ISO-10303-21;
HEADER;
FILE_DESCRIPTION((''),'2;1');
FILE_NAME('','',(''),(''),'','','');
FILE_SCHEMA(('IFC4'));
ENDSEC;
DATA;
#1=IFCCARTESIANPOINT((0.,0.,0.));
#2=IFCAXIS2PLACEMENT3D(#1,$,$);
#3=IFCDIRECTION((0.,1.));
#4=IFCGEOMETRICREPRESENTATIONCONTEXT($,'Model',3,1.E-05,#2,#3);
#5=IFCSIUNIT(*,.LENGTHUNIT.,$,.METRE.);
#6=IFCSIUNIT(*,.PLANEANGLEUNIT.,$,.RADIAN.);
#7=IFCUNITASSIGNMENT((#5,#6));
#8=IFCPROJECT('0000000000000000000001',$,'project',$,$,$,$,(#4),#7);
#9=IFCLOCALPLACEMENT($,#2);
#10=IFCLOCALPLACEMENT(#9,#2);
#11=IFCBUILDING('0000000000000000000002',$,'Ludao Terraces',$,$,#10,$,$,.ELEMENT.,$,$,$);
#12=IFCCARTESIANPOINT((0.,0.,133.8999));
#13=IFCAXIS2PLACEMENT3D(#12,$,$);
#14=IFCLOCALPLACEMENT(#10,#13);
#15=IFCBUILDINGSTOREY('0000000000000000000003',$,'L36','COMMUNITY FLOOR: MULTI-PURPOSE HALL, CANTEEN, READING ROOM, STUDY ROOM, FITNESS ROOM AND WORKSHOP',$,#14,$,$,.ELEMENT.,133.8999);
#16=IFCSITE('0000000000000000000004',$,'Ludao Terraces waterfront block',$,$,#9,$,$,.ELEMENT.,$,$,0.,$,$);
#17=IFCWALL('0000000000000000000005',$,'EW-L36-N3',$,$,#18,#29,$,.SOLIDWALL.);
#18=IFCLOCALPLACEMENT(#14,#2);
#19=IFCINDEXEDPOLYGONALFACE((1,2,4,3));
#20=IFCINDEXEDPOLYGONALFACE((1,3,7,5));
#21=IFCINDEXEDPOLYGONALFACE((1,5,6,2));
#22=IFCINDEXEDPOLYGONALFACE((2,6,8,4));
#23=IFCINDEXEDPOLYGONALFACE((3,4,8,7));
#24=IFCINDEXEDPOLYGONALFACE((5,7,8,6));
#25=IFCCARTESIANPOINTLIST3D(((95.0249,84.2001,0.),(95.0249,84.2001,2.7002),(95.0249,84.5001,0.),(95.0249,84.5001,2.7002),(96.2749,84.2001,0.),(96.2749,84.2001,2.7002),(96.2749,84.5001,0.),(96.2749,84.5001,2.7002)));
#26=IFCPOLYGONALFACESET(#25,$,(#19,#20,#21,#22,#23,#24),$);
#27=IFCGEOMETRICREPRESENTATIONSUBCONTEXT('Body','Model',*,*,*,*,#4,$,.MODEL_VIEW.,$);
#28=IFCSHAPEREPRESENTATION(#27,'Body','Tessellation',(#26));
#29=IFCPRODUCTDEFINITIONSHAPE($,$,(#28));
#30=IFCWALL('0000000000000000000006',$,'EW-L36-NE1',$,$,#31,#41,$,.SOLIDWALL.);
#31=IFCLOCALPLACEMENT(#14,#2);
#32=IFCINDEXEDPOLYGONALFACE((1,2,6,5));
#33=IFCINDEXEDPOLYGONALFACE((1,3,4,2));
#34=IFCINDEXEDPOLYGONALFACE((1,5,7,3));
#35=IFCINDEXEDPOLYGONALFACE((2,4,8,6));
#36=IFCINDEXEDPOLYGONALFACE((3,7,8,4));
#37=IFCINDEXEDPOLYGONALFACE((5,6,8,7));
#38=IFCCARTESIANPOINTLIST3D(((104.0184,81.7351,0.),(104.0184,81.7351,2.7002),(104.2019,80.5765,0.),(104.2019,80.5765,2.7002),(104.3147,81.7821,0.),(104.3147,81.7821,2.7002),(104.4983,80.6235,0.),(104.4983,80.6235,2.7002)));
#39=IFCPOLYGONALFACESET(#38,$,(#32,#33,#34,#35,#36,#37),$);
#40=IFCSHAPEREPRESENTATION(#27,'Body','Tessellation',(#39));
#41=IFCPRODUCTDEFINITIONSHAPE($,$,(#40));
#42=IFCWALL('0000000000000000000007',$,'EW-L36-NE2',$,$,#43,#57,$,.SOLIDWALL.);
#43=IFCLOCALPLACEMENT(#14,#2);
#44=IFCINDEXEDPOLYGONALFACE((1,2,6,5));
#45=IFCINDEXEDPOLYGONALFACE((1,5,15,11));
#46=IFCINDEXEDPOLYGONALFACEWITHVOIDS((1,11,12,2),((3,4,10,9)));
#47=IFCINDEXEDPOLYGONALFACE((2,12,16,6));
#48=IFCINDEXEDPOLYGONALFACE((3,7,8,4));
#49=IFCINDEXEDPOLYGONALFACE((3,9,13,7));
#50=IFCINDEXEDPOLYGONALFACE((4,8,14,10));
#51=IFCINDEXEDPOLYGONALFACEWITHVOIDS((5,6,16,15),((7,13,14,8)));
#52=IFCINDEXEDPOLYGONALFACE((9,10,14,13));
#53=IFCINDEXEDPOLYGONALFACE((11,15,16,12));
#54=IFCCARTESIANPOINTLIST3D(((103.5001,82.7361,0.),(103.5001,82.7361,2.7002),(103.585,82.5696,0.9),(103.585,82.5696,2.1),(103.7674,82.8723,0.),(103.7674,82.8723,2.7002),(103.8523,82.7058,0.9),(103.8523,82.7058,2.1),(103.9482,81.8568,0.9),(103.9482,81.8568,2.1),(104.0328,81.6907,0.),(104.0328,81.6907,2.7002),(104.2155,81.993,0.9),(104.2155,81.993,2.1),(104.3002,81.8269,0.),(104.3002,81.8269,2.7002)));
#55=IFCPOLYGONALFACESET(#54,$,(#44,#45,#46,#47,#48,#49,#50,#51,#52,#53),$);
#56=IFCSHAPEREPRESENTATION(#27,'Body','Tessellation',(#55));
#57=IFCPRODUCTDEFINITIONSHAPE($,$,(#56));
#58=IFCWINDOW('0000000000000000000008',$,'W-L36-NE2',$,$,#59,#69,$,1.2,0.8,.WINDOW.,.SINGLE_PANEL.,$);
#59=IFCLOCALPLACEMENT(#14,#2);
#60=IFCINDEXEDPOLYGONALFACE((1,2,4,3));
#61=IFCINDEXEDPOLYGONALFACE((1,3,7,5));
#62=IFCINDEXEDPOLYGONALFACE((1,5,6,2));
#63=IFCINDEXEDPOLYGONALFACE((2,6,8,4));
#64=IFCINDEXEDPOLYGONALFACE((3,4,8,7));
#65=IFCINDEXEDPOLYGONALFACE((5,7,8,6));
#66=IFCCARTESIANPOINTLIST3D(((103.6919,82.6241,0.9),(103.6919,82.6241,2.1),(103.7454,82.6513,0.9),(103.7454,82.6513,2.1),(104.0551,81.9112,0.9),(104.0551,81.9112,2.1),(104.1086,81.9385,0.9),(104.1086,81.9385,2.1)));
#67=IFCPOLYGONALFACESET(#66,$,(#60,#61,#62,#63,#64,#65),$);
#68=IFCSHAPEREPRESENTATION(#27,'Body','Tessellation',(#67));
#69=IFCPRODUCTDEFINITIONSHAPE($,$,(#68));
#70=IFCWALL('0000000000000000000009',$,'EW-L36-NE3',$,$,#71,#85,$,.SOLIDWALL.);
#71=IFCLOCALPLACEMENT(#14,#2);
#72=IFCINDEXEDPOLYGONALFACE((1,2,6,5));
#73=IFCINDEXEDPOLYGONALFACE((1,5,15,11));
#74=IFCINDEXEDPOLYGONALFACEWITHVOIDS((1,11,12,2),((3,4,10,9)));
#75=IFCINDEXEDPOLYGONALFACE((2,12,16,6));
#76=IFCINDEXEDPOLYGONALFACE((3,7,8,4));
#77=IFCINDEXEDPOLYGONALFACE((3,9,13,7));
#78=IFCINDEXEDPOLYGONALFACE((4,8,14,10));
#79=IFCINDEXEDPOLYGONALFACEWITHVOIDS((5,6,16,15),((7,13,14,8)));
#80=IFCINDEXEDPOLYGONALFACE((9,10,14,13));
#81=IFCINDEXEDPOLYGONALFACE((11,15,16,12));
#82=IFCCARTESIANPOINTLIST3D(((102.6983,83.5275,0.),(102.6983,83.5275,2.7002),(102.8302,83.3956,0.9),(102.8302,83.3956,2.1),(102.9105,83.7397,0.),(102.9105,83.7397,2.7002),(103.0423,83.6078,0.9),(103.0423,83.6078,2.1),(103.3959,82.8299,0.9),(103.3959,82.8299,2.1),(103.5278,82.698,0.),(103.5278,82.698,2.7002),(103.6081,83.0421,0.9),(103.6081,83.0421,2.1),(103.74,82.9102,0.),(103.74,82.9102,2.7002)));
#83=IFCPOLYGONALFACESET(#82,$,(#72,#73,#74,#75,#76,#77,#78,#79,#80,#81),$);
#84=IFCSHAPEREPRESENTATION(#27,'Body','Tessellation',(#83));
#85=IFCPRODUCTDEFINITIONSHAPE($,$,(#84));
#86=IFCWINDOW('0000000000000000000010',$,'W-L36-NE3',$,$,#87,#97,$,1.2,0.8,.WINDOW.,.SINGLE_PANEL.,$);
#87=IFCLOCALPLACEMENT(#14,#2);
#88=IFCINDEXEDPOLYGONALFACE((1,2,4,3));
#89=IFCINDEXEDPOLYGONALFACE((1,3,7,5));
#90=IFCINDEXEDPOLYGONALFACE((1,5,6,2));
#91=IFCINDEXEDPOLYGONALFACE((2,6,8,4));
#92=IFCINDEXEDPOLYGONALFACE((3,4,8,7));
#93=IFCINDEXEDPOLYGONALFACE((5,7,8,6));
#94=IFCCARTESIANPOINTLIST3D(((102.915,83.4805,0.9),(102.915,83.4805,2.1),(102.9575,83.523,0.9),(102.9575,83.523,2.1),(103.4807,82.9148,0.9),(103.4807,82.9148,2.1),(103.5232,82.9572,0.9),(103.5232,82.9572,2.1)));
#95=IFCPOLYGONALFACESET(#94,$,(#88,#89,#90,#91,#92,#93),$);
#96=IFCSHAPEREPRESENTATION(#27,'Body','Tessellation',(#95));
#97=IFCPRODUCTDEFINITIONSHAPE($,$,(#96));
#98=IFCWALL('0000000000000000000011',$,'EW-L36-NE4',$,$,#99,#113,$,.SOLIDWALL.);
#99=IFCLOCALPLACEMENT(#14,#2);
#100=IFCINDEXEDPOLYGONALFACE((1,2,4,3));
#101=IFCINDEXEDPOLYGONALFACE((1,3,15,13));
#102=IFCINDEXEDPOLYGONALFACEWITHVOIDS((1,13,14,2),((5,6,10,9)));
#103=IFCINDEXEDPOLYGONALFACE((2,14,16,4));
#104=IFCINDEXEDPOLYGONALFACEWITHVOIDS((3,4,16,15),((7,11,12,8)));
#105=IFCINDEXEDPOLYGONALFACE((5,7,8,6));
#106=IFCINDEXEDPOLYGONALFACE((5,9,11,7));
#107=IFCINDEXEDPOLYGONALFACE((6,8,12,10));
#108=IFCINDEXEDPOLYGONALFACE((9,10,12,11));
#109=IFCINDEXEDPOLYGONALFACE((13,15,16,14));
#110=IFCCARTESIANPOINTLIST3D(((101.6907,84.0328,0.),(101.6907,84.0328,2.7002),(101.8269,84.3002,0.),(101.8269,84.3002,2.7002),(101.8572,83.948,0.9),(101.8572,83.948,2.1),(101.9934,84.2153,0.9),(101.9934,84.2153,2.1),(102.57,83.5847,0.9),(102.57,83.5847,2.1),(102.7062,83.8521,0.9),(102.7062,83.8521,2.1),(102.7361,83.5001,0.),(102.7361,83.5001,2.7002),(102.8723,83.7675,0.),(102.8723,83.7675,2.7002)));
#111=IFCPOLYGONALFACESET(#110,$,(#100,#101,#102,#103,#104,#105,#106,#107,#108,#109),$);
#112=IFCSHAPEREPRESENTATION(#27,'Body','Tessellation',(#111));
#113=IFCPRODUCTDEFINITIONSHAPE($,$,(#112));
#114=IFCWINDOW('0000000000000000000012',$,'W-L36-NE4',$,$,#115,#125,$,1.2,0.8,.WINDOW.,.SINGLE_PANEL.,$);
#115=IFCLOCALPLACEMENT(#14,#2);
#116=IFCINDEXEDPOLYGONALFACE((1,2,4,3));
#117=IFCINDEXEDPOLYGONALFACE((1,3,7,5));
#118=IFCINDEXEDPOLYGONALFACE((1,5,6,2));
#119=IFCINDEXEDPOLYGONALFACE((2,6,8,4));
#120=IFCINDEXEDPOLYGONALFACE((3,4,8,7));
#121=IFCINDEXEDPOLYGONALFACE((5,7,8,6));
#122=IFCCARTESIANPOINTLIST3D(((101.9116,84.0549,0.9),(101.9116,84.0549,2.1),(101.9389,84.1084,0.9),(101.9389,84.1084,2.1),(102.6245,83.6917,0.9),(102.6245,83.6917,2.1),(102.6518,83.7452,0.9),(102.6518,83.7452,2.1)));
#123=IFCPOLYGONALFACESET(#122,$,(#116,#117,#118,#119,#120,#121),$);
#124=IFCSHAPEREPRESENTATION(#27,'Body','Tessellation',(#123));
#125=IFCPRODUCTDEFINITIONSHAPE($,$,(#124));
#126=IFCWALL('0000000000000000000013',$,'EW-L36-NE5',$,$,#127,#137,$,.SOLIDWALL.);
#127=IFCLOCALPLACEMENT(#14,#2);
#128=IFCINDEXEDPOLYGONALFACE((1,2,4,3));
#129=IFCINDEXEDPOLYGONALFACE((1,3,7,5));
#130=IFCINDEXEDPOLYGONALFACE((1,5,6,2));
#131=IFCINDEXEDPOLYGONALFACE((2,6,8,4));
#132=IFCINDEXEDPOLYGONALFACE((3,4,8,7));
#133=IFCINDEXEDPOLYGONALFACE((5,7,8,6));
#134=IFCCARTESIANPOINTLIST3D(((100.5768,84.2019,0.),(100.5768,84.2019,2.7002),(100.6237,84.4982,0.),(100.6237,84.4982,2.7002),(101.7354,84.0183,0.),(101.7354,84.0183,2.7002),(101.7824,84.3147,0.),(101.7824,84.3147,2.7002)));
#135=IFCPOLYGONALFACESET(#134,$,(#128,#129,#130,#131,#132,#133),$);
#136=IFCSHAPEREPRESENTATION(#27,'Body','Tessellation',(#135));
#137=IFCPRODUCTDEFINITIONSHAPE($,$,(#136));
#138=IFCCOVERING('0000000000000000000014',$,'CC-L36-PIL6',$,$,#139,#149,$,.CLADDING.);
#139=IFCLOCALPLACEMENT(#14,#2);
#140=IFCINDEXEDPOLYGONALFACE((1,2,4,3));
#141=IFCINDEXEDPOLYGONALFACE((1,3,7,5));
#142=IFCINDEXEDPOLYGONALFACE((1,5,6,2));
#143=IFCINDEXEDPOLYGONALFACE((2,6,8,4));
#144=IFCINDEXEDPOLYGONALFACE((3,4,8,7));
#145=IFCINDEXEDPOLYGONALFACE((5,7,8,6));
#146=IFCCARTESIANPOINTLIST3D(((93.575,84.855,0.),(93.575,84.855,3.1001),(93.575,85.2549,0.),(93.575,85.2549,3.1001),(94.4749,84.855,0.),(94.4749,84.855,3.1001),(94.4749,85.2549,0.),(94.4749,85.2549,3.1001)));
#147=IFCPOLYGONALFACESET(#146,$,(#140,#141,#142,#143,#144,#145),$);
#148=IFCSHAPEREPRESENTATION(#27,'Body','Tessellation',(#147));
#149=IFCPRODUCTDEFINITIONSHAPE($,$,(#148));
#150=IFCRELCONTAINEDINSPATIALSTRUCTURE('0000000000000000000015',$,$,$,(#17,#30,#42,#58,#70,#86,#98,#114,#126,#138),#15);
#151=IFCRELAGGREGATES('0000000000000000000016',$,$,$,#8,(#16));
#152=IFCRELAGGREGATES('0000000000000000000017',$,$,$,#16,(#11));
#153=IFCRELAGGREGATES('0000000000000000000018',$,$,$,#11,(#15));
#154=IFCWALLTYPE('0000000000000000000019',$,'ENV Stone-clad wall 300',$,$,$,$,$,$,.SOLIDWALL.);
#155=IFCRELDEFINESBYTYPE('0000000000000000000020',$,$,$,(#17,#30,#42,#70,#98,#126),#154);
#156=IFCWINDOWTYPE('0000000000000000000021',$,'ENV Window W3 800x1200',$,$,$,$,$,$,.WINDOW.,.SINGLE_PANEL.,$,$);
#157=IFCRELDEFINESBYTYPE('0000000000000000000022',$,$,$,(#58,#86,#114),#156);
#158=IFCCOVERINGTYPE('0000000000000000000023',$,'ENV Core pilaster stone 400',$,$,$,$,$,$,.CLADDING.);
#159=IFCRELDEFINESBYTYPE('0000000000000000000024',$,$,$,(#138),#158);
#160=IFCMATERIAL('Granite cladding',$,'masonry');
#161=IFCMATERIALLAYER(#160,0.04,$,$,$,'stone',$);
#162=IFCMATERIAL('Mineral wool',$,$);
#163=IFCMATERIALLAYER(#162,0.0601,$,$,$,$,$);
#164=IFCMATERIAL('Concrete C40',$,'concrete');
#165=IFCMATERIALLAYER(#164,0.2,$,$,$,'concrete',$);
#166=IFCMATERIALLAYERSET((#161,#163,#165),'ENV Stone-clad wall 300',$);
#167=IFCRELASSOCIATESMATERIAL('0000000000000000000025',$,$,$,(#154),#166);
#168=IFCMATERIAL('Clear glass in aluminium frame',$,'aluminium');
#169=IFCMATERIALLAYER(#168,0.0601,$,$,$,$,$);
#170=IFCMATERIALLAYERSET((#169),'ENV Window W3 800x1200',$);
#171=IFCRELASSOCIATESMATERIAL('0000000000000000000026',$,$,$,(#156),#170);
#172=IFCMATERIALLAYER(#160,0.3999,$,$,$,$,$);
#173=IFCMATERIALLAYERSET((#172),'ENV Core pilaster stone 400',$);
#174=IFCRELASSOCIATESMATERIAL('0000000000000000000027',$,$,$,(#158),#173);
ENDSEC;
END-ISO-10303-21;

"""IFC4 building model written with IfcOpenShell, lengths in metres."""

from ifc_helpers import new_model, si_unit, direction, frame, frame_2d, origin, origin_2d, place, context, subcontext, project, spatial, rectangle, extrude, material, layer, layer_set, type_object, element, fill, save


model = new_model("IFC4")

# Units and contexts
model_context = context("Model", 3, precision=1e-05, world=origin(), true_north=direction((0.0, 1.0)))
body_context = subcontext(model_context, "Body", "Model", "MODEL_VIEW")
ifc_project = project(units=[si_unit("LENGTHUNIT", "METRE"), si_unit("PLANEANGLEUNIT", "RADIAN")], contexts=[model_context])

# Site, building, storey
site_placement = place(None, origin())
site = spatial("IfcSite", under=ifc_project, at=site_placement, Name="Ludao Terraces waterfront block", CompositionType="ELEMENT", RefElevation=0.0)
building_placement = place(site_placement, origin())
building = spatial("IfcBuilding", under=site, at=building_placement, Name="Ludao Terraces", CompositionType="ELEMENT")
storey_placement = place(building_placement, frame((0.0, 0.0, 133.8999)))
storey = spatial("IfcBuildingStorey", under=building, at=storey_placement, Name="L36", Description="COMMUNITY FLOOR: MULTI-PURPOSE HALL, CANTEEN, READING ROOM, STUDY ROOM, FITNESS ROOM AND WORKSHOP", CompositionType="ELEMENT", Elevation=133.8999)

# Shared definitions
ifc_material_1 = material(Name="Concrete C40", Category="concrete")

# Walls
ifc_material_2 = material(Name="Granite cladding", Category="masonry")
ifc_layer_1 = layer(ifc_material_2, 0.04, Category="stone")
ifc_material_3 = material(Name="Mineral wool")
ifc_layer_2 = layer(ifc_material_3, 0.0601)
ifc_layer_3 = layer(ifc_material_1, 0.2, Category="concrete")
ifc_layer_set_1 = layer_set([ifc_layer_1, ifc_layer_2, ifc_layer_3], Name="ENV Stone-clad wall 300")
wall_type = type_object("IfcWallType", Name="ENV Stone-clad wall 300", PredefinedType="SOLIDWALL", material=ifc_layer_set_1)
wall_1_placement = place(storey_placement, frame((95.0249, 84.3501, 0.0), z_axis=(0.0, 0.0, 1.0), x_axis=(1.0, 0.0, 0.0)))
element("IfcWall", 1, at=wall_1_placement, inside=storey, type_object=wall_type, Name="EW-L36-N3", PredefinedType="SOLIDWALL", context=body_context, shape_type="SweptSolid", body=[
    extrude(rectangle(XDim=1.25, YDim=0.3, at=frame_2d((0.625, 0.0))), origin(), (0.0, 0.0, 1.0), 2.7002),
])
wall_2_placement = place(storey_placement, frame((104.3501, 80.6001, 0.0), z_axis=(0.0, 0.0, 1.0), x_axis=(-0.156497, 0.987678, 0.0)))
element("IfcWall", 2, at=wall_2_placement, inside=storey, type_object=wall_type, Name="EW-L36-NE1", PredefinedType="SOLIDWALL", context=body_context, shape_type="SweptSolid", body=[
    extrude(rectangle(XDim=1.1731, YDim=0.3, at=frame_2d((0.5864, 0.0))), origin(), (0.0, 0.0, 1.0), 2.7002),
])

# Walls, openings, windows
wall_3_placement = place(storey_placement, frame((104.1665, 81.7588, 0.0), z_axis=(0.0, 0.0, 1.0), x_axis=(-0.454026, 0.890989, 0.0)))
wall_3 = element("IfcWall", 3, at=wall_3_placement, inside=storey, type_object=wall_type, Name="EW-L36-NE2", PredefinedType="SOLIDWALL", context=body_context, shape_type="SweptSolid", body=[
    extrude(rectangle(XDim=1.1733, YDim=0.3, at=frame_2d((0.5867, 0.0))), origin(), (0.0, 0.0, 1.0), 2.7002),
])
opening_1_placement = place(wall_3_placement, frame((0.1865, 0.0, 0.8999)))
opening_1 = element("IfcOpeningElement", 4, at=opening_1_placement, cuts=wall_3, PredefinedType="OPENING", context=body_context, shape_type="SweptSolid", body=[
    extrude(rectangle(XDim=0.8, YDim=1.2, at=frame_2d((0.3999, 0.6001))), frame((0.0, 0.1602, 0.0), z_axis=(0.0, -1.0, 0.0), x_axis=(1.0, 0.0, 0.0)), (0.0, 0.0, 1.0), 0.3201),
])
ifc_material_4 = material(Name="Clear glass in aluminium frame", Category="aluminium")
ifc_layer_4 = layer(ifc_material_4, 0.0601)
ifc_layer_set_2 = layer_set([ifc_layer_4], Name="ENV Window W3 800x1200")
window_type = type_object("IfcWindowType", Name="ENV Window W3 800x1200", PartitioningType="SINGLE_PANEL", PredefinedType="WINDOW", material=ifc_layer_set_2)
window_1_placement = place(opening_1_placement, origin())
window_1 = element("IfcWindow", 5, at=window_1_placement, inside=storey, type_object=window_type, Name="W-L36-NE2", OverallHeight=1.2, OverallWidth=0.8, PartitioningType="SINGLE_PANEL", PredefinedType="WINDOW", context=body_context, shape_type="SweptSolid", body=[
    extrude(rectangle(XDim=0.8, YDim=1.2, at=frame_2d((0.3999, 0.6001))), frame((0.0, 0.03, 0.0), z_axis=(0.0, -1.0, 0.0), x_axis=(1.0, 0.0, 0.0)), (0.0, 0.0, 1.0), 0.0601),
])
fill(opening_1, window_1)
wall_4_placement = place(storey_placement, frame((103.6338, 82.8042, 0.0), z_axis=(0.0, 0.0, 1.0), x_axis=(-0.707107, 0.707107, 0.0)))
wall_4 = element("IfcWall", 6, at=wall_4_placement, inside=storey, type_object=wall_type, Name="EW-L36-NE3", PredefinedType="SOLIDWALL", context=body_context, shape_type="SweptSolid", body=[
    extrude(rectangle(XDim=1.1731, YDim=0.3, at=frame_2d((0.5864, 0.0))), origin(), (0.0, 0.0, 1.0), 2.7002),
])
opening_2_placement = place(wall_4_placement, frame((0.1865, 0.0, 0.8999)))
opening_2 = element("IfcOpeningElement", 7, at=opening_2_placement, cuts=wall_4, PredefinedType="OPENING", context=body_context, shape_type="SweptSolid", body=[
    extrude(rectangle(XDim=0.8, YDim=1.2, at=frame_2d((0.3999, 0.6001))), frame((0.0, 0.1602, 0.0), z_axis=(0.0, -1.0, 0.0), x_axis=(1.0, 0.0, 0.0)), (0.0, 0.0, 1.0), 0.3201),
])
window_2_placement = place(opening_2_placement, origin())
window_2 = element("IfcWindow", 8, at=window_2_placement, inside=storey, type_object=window_type, Name="W-L36-NE3", OverallHeight=1.2, OverallWidth=0.8, PartitioningType="SINGLE_PANEL", PredefinedType="WINDOW", context=body_context, shape_type="SweptSolid", body=[
    extrude(rectangle(XDim=0.8, YDim=1.2, at=frame_2d((0.3999, 0.6001))), frame((0.0, 0.03, 0.0), z_axis=(0.0, -1.0, 0.0), x_axis=(1.0, 0.0, 0.0)), (0.0, 0.0, 1.0), 0.0601),
])
fill(opening_2, window_2)
wall_5_placement = place(storey_placement, frame((102.8042, 83.6338, 0.0), z_axis=(0.0, 0.0, 1.0), x_axis=(-0.890989, 0.454026, 0.0)))
wall_5 = element("IfcWall", 9, at=wall_5_placement, inside=storey, type_object=wall_type, Name="EW-L36-NE4", PredefinedType="SOLIDWALL", context=body_context, shape_type="SweptSolid", body=[
    extrude(rectangle(XDim=1.1733, YDim=0.3, at=frame_2d((0.5867, 0.0))), origin(), (0.0, 0.0, 1.0), 2.7002),
])
opening_3_placement = place(wall_5_placement, frame((0.1865, 0.0, 0.8999)))
opening_3 = element("IfcOpeningElement", 10, at=opening_3_placement, cuts=wall_5, PredefinedType="OPENING", context=body_context, shape_type="SweptSolid", body=[
    extrude(rectangle(XDim=0.8, YDim=1.2, at=frame_2d((0.3999, 0.6001))), frame((0.0, 0.1602, 0.0), z_axis=(0.0, -1.0, 0.0), x_axis=(1.0, 0.0, 0.0)), (0.0, 0.0, 1.0), 0.3201),
])
window_3_placement = place(opening_3_placement, origin())
window_3 = element("IfcWindow", 11, at=window_3_placement, inside=storey, type_object=window_type, Name="W-L36-NE4", OverallHeight=1.2, OverallWidth=0.8, PartitioningType="SINGLE_PANEL", PredefinedType="WINDOW", context=body_context, shape_type="SweptSolid", body=[
    extrude(rectangle(XDim=0.8, YDim=1.2, at=frame_2d((0.3999, 0.6001))), frame((0.0, 0.03, 0.0), z_axis=(0.0, -1.0, 0.0), x_axis=(1.0, 0.0, 0.0)), (0.0, 0.0, 1.0), 0.0601),
])
fill(opening_3, window_3)

# Wall
wall_6_placement = place(storey_placement, frame((101.7588, 84.1665, 0.0), z_axis=(0.0, 0.0, 1.0), x_axis=(-0.987678, 0.156497, 0.0)))
element("IfcWall", 12, at=wall_6_placement, inside=storey, type_object=wall_type, Name="EW-L36-NE5", PredefinedType="SOLIDWALL", context=body_context, shape_type="SweptSolid", body=[
    extrude(rectangle(XDim=1.1731, YDim=0.3, at=frame_2d((0.5864, 0.0))), origin(), (0.0, 0.0, 1.0), 2.7002),
])

# Covering
ifc_layer_5 = layer(ifc_material_2, 0.3999)
ifc_layer_set_3 = layer_set([ifc_layer_5], Name="ENV Core pilaster stone 400")
covering_type = type_object("IfcCoveringType", Name="ENV Core pilaster stone 400", PredefinedType="CLADDING", material=ifc_layer_set_3)
covering_placement = place(storey_placement, frame((94.0249, 85.0549, 0.0), z_axis=(0.0, 0.0, 1.0), x_axis=(1.0, 0.0, 0.0)))
element("IfcCovering", 13, at=covering_placement, inside=storey, type_object=covering_type, Name="CC-L36-PIL6", PredefinedType="CLADDING", context=body_context, shape_type="SweptSolid", body=[
    extrude(rectangle(XDim=0.8999, YDim=0.3999, at=origin_2d()), origin(), (0.0, 0.0, 1.0), 3.1001),
])

save(model, "model.ifc")
